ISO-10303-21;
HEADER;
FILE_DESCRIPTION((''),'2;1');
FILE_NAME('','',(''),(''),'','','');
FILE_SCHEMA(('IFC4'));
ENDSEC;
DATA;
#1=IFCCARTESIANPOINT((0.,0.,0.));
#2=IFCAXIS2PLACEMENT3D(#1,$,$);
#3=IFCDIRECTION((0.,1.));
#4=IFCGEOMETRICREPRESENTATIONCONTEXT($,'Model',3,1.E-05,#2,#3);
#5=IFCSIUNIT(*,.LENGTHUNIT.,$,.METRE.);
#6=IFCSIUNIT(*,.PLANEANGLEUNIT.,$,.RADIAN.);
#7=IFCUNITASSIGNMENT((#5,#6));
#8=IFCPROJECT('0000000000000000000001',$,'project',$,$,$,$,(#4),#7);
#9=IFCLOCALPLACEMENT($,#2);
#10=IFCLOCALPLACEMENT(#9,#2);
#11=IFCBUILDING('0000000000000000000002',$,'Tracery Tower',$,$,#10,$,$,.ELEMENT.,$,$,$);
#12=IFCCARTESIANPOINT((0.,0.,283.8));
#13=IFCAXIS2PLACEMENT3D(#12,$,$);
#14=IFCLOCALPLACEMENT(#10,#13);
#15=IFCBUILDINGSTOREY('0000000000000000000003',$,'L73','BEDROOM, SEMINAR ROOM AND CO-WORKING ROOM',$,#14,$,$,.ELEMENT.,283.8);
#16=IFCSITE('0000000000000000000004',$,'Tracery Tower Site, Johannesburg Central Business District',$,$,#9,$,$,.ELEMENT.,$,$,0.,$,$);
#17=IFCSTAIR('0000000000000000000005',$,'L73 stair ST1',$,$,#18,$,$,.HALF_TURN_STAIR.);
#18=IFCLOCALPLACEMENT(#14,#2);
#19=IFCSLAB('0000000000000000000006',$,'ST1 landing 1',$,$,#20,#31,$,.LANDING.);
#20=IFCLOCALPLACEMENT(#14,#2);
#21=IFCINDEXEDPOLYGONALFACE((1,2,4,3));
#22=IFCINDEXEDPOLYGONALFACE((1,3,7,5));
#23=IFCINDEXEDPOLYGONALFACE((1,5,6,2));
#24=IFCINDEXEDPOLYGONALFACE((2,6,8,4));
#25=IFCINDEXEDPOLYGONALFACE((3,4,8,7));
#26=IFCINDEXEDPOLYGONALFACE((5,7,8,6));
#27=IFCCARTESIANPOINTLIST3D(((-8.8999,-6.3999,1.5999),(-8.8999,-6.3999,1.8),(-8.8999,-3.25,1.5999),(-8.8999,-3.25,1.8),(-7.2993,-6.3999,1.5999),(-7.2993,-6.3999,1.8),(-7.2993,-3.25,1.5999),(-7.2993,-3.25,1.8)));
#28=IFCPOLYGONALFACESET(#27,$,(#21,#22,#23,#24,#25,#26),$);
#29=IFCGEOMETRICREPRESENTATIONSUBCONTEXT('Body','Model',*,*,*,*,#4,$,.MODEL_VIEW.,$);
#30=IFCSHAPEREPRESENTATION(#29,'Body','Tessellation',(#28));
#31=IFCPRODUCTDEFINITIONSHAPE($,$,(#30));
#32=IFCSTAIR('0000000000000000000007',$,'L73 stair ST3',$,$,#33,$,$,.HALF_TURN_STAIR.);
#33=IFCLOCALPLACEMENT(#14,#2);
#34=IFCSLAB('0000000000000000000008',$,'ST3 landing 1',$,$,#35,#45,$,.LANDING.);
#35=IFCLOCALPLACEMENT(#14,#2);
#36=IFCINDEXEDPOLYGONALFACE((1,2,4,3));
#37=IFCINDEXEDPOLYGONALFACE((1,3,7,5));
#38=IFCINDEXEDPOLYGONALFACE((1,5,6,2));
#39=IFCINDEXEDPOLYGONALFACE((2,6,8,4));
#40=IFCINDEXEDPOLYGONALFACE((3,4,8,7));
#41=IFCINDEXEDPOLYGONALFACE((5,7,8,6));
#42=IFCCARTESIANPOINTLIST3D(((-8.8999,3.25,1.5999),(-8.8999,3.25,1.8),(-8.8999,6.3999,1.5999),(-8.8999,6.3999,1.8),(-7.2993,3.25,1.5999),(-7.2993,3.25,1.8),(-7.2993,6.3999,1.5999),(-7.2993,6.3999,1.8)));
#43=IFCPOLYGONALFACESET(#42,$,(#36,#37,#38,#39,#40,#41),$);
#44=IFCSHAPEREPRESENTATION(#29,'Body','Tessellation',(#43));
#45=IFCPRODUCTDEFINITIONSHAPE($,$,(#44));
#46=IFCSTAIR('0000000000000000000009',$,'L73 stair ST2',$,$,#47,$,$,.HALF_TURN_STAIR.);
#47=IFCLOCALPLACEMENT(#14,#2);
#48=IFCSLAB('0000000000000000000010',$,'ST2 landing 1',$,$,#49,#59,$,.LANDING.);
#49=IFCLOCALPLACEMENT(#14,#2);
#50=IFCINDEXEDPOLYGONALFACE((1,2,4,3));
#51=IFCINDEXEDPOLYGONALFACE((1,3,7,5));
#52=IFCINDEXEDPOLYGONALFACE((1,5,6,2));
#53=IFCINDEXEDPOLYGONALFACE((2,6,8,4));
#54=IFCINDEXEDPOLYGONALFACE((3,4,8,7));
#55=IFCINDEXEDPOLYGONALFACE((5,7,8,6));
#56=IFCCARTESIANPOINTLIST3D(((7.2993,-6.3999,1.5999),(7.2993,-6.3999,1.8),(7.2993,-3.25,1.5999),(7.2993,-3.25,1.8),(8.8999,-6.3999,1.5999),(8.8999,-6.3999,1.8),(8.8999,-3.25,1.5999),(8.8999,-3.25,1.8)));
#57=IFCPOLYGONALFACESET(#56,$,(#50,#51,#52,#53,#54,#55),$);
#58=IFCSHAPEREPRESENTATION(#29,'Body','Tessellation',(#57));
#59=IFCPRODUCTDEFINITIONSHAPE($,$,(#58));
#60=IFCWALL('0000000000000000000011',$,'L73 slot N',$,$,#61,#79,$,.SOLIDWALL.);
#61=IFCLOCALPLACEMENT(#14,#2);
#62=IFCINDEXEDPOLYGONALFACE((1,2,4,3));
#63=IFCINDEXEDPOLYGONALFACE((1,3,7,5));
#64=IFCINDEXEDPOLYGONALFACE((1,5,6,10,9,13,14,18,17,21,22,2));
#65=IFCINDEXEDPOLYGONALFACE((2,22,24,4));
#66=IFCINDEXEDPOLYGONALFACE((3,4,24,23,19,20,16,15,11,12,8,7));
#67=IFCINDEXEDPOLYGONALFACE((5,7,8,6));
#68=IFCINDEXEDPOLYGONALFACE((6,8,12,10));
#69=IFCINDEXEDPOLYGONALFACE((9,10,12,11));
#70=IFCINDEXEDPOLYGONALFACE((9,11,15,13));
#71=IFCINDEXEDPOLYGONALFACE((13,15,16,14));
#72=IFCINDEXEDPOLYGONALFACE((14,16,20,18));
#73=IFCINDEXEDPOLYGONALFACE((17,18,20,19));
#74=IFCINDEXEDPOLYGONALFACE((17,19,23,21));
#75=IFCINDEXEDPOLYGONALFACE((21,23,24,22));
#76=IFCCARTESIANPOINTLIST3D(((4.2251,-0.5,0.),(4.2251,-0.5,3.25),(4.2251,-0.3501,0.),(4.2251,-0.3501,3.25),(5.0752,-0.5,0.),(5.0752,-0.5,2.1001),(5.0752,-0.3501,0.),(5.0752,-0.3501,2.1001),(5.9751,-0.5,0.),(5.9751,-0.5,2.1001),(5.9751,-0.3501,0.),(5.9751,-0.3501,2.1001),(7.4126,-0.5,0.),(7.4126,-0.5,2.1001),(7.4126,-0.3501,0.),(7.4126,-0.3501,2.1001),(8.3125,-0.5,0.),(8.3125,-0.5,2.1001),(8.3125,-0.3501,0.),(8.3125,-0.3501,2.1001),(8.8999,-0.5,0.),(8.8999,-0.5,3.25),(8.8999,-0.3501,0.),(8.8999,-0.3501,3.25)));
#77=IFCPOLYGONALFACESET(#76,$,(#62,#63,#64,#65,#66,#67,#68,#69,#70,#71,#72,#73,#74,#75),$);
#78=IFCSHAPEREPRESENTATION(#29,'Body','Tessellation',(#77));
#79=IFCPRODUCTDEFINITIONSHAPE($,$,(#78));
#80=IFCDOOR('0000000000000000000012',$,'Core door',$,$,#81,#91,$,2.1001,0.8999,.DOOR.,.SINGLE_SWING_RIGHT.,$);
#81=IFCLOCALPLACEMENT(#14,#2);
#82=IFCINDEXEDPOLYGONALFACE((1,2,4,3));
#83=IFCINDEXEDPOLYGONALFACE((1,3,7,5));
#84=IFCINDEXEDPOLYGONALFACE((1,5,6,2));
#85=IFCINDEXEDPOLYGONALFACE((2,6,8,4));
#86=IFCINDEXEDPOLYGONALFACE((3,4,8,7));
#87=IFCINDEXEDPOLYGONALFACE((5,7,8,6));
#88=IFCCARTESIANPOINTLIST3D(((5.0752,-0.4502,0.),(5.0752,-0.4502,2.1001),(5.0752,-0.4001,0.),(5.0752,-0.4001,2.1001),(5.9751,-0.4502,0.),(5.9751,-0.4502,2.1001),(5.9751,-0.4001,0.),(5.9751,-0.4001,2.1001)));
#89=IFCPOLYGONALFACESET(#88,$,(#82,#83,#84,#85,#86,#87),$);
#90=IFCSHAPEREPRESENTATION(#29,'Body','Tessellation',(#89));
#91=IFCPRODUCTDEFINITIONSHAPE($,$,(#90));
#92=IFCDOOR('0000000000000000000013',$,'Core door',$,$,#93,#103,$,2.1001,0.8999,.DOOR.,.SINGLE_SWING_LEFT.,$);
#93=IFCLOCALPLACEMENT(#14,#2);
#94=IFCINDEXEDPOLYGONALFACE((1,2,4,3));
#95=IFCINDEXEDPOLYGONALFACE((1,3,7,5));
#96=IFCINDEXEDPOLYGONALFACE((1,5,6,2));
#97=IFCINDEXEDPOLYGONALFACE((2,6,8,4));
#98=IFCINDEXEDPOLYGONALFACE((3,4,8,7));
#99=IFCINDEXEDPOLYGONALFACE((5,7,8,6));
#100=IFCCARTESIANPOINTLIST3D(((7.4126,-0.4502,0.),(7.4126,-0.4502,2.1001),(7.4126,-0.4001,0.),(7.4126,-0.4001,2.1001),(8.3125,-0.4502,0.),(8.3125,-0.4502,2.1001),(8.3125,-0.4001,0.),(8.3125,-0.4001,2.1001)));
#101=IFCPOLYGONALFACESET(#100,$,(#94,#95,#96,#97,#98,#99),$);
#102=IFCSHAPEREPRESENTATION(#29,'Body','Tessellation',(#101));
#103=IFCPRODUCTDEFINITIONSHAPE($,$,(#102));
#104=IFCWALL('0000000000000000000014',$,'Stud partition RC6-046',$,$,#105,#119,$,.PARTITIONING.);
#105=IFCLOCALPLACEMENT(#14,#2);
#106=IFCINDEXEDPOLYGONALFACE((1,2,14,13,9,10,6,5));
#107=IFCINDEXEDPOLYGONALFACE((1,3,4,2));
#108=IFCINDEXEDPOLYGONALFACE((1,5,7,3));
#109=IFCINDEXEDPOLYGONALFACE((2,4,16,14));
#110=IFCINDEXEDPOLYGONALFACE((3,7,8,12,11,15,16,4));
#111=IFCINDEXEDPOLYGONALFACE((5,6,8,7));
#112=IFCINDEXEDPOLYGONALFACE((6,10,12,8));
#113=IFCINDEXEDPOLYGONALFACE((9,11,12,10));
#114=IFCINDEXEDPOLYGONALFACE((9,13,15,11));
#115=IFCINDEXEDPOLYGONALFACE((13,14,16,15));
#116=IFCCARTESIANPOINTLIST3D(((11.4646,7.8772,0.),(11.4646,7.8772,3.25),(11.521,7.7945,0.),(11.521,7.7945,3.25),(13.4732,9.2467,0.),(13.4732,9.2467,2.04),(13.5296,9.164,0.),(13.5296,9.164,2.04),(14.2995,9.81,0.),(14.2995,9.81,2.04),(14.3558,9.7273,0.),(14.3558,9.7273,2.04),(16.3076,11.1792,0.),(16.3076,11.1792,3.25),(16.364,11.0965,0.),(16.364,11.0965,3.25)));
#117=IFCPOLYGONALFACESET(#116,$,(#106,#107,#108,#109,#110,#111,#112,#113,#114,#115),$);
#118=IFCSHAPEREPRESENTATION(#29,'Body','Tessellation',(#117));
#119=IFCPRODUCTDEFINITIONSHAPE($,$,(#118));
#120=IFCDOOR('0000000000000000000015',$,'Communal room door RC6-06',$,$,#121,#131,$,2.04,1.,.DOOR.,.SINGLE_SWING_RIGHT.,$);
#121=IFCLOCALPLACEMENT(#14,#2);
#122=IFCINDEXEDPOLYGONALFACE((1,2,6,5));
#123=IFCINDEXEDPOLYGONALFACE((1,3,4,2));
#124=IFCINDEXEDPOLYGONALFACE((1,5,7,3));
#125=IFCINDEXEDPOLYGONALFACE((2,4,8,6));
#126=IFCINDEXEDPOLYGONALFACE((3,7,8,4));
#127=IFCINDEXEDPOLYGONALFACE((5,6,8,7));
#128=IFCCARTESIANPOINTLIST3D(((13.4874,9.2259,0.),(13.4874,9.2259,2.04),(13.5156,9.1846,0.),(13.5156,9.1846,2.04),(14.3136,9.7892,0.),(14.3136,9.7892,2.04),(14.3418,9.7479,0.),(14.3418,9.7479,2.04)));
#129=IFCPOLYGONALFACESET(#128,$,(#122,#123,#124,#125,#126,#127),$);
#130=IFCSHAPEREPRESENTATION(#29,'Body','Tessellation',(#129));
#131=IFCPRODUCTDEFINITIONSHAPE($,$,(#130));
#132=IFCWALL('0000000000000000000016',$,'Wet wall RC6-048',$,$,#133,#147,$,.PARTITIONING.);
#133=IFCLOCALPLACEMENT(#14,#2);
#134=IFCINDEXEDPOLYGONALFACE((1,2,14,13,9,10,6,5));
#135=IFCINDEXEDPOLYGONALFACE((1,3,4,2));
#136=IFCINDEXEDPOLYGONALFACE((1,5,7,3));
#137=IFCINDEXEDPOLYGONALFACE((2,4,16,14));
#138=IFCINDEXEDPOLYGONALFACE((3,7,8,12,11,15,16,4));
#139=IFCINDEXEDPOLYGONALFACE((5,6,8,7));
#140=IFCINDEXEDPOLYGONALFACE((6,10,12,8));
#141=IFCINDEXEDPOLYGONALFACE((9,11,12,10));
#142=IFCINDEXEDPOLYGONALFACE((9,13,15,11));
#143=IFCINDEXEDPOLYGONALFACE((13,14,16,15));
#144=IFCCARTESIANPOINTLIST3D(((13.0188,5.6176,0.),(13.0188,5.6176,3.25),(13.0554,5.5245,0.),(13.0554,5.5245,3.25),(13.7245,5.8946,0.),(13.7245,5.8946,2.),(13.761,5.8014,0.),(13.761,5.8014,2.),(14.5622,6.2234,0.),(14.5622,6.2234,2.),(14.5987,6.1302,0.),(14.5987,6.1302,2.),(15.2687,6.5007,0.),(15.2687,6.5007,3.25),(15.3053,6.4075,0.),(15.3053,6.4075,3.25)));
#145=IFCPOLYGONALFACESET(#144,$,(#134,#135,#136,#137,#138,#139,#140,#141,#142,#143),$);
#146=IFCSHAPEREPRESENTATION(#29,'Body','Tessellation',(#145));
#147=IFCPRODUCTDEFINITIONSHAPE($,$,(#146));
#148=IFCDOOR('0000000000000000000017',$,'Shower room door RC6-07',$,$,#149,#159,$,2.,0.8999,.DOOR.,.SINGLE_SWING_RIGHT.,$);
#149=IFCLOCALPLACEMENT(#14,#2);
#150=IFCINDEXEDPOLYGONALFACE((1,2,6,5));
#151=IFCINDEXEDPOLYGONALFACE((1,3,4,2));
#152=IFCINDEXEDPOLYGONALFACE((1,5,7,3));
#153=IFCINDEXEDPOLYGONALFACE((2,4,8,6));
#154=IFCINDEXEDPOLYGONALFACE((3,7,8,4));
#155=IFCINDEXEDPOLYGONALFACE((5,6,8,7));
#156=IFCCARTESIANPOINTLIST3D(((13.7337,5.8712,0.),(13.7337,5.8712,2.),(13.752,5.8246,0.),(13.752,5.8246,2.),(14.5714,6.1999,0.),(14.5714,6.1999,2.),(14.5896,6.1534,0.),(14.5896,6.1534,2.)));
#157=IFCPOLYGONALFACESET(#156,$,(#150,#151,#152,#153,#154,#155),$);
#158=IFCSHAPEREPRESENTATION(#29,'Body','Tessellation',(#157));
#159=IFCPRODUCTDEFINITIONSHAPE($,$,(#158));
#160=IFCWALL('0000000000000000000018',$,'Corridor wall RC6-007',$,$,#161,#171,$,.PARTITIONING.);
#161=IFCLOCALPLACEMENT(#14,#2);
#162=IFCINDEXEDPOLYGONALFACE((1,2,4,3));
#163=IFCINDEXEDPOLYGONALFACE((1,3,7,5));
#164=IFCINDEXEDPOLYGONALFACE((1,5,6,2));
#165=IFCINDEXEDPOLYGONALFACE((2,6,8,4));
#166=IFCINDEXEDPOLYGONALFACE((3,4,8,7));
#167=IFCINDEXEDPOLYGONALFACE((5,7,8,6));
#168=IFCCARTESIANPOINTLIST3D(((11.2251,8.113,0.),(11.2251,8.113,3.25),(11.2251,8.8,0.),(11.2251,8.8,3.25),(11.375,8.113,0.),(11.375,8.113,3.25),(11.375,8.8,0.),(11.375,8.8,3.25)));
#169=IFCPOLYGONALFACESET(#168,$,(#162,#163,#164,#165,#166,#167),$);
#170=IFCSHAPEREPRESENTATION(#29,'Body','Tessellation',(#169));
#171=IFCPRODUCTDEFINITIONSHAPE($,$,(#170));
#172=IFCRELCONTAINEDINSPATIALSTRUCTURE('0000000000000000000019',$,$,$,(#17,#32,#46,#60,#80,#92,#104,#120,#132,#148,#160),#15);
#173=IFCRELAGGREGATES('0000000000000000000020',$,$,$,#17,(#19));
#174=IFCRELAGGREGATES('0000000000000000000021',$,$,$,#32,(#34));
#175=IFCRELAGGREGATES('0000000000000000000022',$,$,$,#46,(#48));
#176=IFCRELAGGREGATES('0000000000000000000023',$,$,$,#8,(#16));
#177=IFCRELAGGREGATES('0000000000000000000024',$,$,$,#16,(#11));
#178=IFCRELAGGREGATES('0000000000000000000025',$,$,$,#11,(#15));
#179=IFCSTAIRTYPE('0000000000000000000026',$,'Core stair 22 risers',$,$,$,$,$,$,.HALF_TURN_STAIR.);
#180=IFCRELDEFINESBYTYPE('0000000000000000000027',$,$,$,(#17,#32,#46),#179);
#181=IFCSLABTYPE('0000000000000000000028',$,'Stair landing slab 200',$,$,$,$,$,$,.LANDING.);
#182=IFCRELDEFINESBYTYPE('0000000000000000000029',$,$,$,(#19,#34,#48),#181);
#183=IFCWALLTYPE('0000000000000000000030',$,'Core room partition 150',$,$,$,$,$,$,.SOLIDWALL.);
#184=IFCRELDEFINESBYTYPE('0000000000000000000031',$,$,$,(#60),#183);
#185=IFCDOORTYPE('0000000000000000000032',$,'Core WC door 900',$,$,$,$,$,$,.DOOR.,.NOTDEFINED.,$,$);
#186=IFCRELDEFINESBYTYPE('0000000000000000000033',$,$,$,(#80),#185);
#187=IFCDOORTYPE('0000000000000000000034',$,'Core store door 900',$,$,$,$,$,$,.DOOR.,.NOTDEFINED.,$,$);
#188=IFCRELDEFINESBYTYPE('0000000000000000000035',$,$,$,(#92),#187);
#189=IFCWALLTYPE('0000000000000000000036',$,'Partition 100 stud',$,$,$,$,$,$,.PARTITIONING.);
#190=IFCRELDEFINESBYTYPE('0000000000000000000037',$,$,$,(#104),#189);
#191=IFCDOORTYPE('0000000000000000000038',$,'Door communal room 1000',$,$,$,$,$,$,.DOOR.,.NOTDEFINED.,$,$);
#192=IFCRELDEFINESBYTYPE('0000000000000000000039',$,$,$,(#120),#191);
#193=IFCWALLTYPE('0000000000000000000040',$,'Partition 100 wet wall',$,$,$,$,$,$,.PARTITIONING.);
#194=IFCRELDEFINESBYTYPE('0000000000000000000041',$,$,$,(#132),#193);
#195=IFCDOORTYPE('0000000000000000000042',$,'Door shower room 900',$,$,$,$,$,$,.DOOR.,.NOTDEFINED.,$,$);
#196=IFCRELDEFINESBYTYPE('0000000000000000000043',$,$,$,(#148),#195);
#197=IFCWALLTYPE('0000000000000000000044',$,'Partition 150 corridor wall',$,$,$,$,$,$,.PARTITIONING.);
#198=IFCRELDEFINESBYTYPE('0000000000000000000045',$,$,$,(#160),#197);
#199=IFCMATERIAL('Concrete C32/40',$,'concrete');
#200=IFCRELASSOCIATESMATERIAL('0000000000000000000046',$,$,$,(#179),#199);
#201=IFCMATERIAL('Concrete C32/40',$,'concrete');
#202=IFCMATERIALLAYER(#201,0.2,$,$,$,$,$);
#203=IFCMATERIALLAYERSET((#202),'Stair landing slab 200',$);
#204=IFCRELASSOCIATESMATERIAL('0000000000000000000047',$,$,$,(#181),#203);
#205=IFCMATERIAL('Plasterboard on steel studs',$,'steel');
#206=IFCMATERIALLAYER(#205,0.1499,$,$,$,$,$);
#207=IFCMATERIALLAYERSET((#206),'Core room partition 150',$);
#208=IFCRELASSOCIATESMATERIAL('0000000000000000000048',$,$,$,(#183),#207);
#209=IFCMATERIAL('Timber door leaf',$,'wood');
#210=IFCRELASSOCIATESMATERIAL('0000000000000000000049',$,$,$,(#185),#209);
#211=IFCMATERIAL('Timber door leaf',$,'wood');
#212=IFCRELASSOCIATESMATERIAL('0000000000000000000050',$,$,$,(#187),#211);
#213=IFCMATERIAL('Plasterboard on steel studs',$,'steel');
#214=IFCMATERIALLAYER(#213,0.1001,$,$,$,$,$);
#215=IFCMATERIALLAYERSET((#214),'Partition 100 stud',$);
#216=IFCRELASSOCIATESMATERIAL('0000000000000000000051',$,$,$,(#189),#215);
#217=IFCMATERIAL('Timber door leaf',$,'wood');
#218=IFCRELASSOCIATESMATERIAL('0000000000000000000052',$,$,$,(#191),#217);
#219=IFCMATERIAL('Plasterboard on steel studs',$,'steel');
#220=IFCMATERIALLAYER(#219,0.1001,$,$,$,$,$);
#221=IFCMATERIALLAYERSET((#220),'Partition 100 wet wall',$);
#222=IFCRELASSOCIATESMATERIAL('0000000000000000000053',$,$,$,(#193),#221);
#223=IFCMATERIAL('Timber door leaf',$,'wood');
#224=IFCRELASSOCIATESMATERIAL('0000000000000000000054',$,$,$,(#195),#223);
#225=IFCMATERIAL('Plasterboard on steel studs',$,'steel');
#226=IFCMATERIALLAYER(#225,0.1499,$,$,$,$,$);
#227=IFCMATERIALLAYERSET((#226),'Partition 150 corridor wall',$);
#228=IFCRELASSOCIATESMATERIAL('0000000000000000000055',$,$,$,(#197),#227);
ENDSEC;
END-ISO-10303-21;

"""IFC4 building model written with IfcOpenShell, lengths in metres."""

from ifc_helpers import new_model, si_unit, direction, frame, frame_2d, origin, place, context, subcontext, project, spatial, polyline, rectangle, outline, extrude, material, layer, layer_set, type_object, element, fill, aggregate, save


model = new_model("IFC4")

# Units and contexts
model_context = context("Model", 3, precision=1e-05, world=origin(), true_north=direction((0.0, 1.0)))
body_context = subcontext(model_context, "Body", "Model", "MODEL_VIEW")
ifc_project = project(units=[si_unit("LENGTHUNIT", "METRE"), si_unit("PLANEANGLEUNIT", "RADIAN")], contexts=[model_context])

# Site, building, storey
site_placement = place(None, origin())
site = spatial("IfcSite", under=ifc_project, at=site_placement, Name="Tracery Tower Site, Johannesburg Central Business District", CompositionType="ELEMENT", RefElevation=0.0)
building_placement = place(site_placement, origin())
building = spatial("IfcBuilding", under=site, at=building_placement, Name="Tracery Tower", CompositionType="ELEMENT")
storey_placement = place(building_placement, frame((0.0, 0.0, 283.8)))
storey = spatial("IfcBuildingStorey", under=building, at=storey_placement, Name="L73", Description="BEDROOM, SEMINAR ROOM AND CO-WORKING ROOM", CompositionType="ELEMENT", Elevation=283.8)

# Stairs, slabs
ifc_material_1 = material(Name="Concrete C32/40", Category="concrete")
stair_type = type_object("IfcStairType", Name="Core stair 22 risers", PredefinedType="HALF_TURN_STAIR", material=ifc_material_1)
stair_1_placement = place(storey_placement, origin())
stair_1 = element("IfcStair", 1, at=stair_1_placement, inside=storey, type_object=stair_type, Name="L73 stair ST1", PredefinedType="HALF_TURN_STAIR")
ifc_material_2 = material(Name="Concrete C32/40", Category="concrete")
ifc_layer_1 = layer(ifc_material_2, 0.2)
ifc_layer_set_1 = layer_set([ifc_layer_1], Name="Stair landing slab 200")
slab_type = type_object("IfcSlabType", Name="Stair landing slab 200", PredefinedType="LANDING", material=ifc_layer_set_1)
slab_1_placement = place(storey_placement, frame((0.0, 0.0, 1.5999)))
slab_1 = element("IfcSlab", 2, at=slab_1_placement, type_object=slab_type, Name="ST1 landing 1", PredefinedType="LANDING", context=body_context, shape_type="SweptSolid", body=[
    extrude(outline(polyline([(-7.2993, -3.25), (-8.8999, -3.25), (-8.8999, -6.3999), (-7.2993, -6.3999), (-7.2993, -3.25)])), origin(), (0.0, 0.0, 1.0), 0.2002),
])
aggregate(stair_1, [slab_1])
stair_2_placement = place(storey_placement, origin())
stair_2 = element("IfcStair", 3, at=stair_2_placement, inside=storey, type_object=stair_type, Name="L73 stair ST3", PredefinedType="HALF_TURN_STAIR")
slab_2_placement = place(storey_placement, frame((0.0, 0.0, 1.5999)))
slab_2 = element("IfcSlab", 4, at=slab_2_placement, type_object=slab_type, Name="ST3 landing 1", PredefinedType="LANDING", context=body_context, shape_type="SweptSolid", body=[
    extrude(outline(polyline([(-7.2993, 6.3999), (-8.8999, 6.3999), (-8.8999, 3.25), (-7.2993, 3.25), (-7.2993, 6.3999)])), origin(), (0.0, 0.0, 1.0), 0.2002),
])
aggregate(stair_2, [slab_2])
stair_3_placement = place(storey_placement, origin())
stair_3 = element("IfcStair", 5, at=stair_3_placement, inside=storey, type_object=stair_type, Name="L73 stair ST2", PredefinedType="HALF_TURN_STAIR")
slab_3_placement = place(storey_placement, frame((0.0, 0.0, 1.5999)))
slab_3 = element("IfcSlab", 6, at=slab_3_placement, type_object=slab_type, Name="ST2 landing 1", PredefinedType="LANDING", context=body_context, shape_type="SweptSolid", body=[
    extrude(outline(polyline([(7.2993, -6.3999), (8.8999, -6.3999), (8.8999, -3.25), (7.2993, -3.25), (7.2993, -6.3999)])), origin(), (0.0, 0.0, 1.0), 0.2002),
])
aggregate(stair_3, [slab_3])

# Wall, openings, doors
ifc_material_3 = material(Name="Plasterboard on steel studs", Category="steel")
ifc_layer_2 = layer(ifc_material_3, 0.1499)
ifc_layer_set_2 = layer_set([ifc_layer_2], Name="Core room partition 150")
wall_type_1 = type_object("IfcWallType", Name="Core room partition 150", PredefinedType="SOLIDWALL", material=ifc_layer_set_2)
wall_1_placement = place(storey_placement, frame((4.2251, -0.425, 0.0), z_axis=(0.0, 0.0, 1.0), x_axis=(1.0, 0.0, 0.0)))
wall_1 = element("IfcWall", 7, at=wall_1_placement, inside=storey, type_object=wall_type_1, Name="L73 slot N", PredefinedType="SOLIDWALL", context=body_context, shape_type="SweptSolid", body=[
    extrude(rectangle(XDim=4.6748, YDim=0.1499, at=frame_2d((2.3374, 0.0))), origin(), (0.0, 0.0, 1.0), 3.25),
])
opening_1_placement = place(wall_1_placement, frame((0.8501, 0.0, 0.0)))
opening_1 = element("IfcOpeningElement", 8, at=opening_1_placement, cuts=wall_1, PredefinedType="OPENING", context=body_context, shape_type="SweptSolid", body=[
    extrude(rectangle(XDim=0.8999, YDim=2.1001, at=frame_2d((0.45, 1.05))), frame((0.0, 0.075, 0.0), z_axis=(0.0, -1.0, 0.0), x_axis=(1.0, 0.0, 0.0)), (0.0, 0.0, 1.0), 0.1499),
])
opening_2_placement = place(wall_1_placement, frame((3.1875, 0.0, 0.0)))
opening_2 = element("IfcOpeningElement", 9, at=opening_2_placement, cuts=wall_1, PredefinedType="OPENING", context=body_context, shape_type="SweptSolid", body=[
    extrude(rectangle(XDim=0.8999, YDim=2.1001, at=frame_2d((0.45, 1.05))), frame((0.0, 0.075, 0.0), z_axis=(0.0, -1.0, 0.0), x_axis=(1.0, 0.0, 0.0)), (0.0, 0.0, 1.0), 0.1499),
])
ifc_material_4 = material(Name="Timber door leaf", Category="wood")
door_type_1 = type_object("IfcDoorType", Name="Core WC door 900", OperationType="NOTDEFINED", PredefinedType="DOOR", material=ifc_material_4)
door_1_placement = place(opening_1_placement, origin())
door_1 = element("IfcDoor", 10, at=door_1_placement, inside=storey, type_object=door_type_1, Name="Core door", OperationType="SINGLE_SWING_RIGHT", OverallHeight=2.1001, OverallWidth=0.8999, PredefinedType="DOOR", context=body_context, shape_type="SweptSolid", body=[
    extrude(rectangle(XDim=0.8999, YDim=2.1001, at=frame_2d((0.45, 1.05))), frame((0.0, 0.0249, 0.0), z_axis=(0.0, -1.0, 0.0), x_axis=(1.0, 0.0, 0.0)), (0.0, 0.0, 1.0), 0.05),
])
fill(opening_1, door_1)
ifc_material_5 = material(Name="Timber door leaf", Category="wood")
door_type_2 = type_object("IfcDoorType", Name="Core store door 900", OperationType="NOTDEFINED", PredefinedType="DOOR", material=ifc_material_5)
door_2_placement = place(opening_2_placement, origin())
door_2 = element("IfcDoor", 11, at=door_2_placement, inside=storey, type_object=door_type_2, Name="Core door", OperationType="SINGLE_SWING_LEFT", OverallHeight=2.1001, OverallWidth=0.8999, PredefinedType="DOOR", context=body_context, shape_type="SweptSolid", body=[
    extrude(rectangle(XDim=0.8999, YDim=2.1001, at=frame_2d((0.45, 1.05))), frame((0.0, 0.0249, 0.0), z_axis=(0.0, -1.0, 0.0), x_axis=(1.0, 0.0, 0.0)), (0.0, 0.0, 1.0), 0.05),
])
fill(opening_2, door_2)

# Walls, openings, doors
ifc_material_6 = material(Name="Plasterboard on steel studs", Category="steel")
ifc_layer_3 = layer(ifc_material_6, 0.1001)
ifc_layer_set_3 = layer_set([ifc_layer_3], Name="Partition 100 stud")
wall_type_2 = type_object("IfcWallType", Name="Partition 100 stud", PredefinedType="PARTITIONING", material=ifc_layer_set_3)
wall_2_placement = place(storey_placement, frame((11.4929, 7.8359, 0.0), z_axis=(0.0, 0.0, 1.0), x_axis=(0.826232, 0.56333, 0.0)))
wall_2 = element("IfcWall", 12, at=wall_2_placement, inside=storey, type_object=wall_type_2, Name="Stud partition RC6-046", PredefinedType="PARTITIONING", context=body_context, shape_type="SweptSolid", body=[
    extrude(rectangle(XDim=5.8616, YDim=0.1001, at=frame_2d((2.9307, 0.0))), origin(), (0.0, 0.0, 1.0), 3.25),
])
opening_3_placement = place(wall_2_placement, frame((2.4309, 0.0, 0.0)))
opening_3 = element("IfcOpeningElement", 13, at=opening_3_placement, cuts=wall_2, PredefinedType="OPENING", context=body_context, shape_type="SweptSolid", body=[
    extrude(rectangle(XDim=1.0, YDim=2.04, at=frame_2d((0.5, 1.02))), frame((0.0, 0.05, 0.0), z_axis=(0.0, -1.0, 0.0), x_axis=(1.0, 0.0, 0.0)), (0.0, 0.0, 1.0), 0.1001),
])
ifc_material_7 = material(Name="Timber door leaf", Category="wood")
door_type_3 = type_object("IfcDoorType", Name="Door communal room 1000", OperationType="NOTDEFINED", PredefinedType="DOOR", material=ifc_material_7)
door_3_placement = place(opening_3_placement, origin())
door_3 = element("IfcDoor", 14, at=door_3_placement, inside=storey, type_object=door_type_3, Name="Communal room door RC6-06", OperationType="SINGLE_SWING_RIGHT", OverallHeight=2.04, OverallWidth=1.0, PredefinedType="DOOR", context=body_context, shape_type="SweptSolid", body=[
    extrude(rectangle(XDim=1.0, YDim=2.04, at=frame_2d((0.5, 1.02))), frame((0.0, 0.0249, 0.0), z_axis=(0.0, -1.0, 0.0), x_axis=(1.0, 0.0, 0.0)), (0.0, 0.0, 1.0), 0.05),
])
fill(opening_3, door_3)
ifc_material_8 = material(Name="Plasterboard on steel studs", Category="steel")
ifc_layer_4 = layer(ifc_material_8, 0.1001)
ifc_layer_set_4 = layer_set([ifc_layer_4], Name="Partition 100 wet wall")
wall_type_3 = type_object("IfcWallType", Name="Partition 100 wet wall", PredefinedType="PARTITIONING", material=ifc_layer_set_4)
wall_3_placement = place(storey_placement, frame((13.0371, 5.571, 0.0), z_axis=(0.0, 0.0, 1.0), x_axis=(0.930874, 0.36534, 0.0)))
wall_3 = element("IfcWall", 15, at=wall_3_placement, inside=storey, type_object=wall_type_3, Name="Wet wall RC6-048", PredefinedType="PARTITIONING", context=body_context, shape_type="SweptSolid", body=[
    extrude(rectangle(XDim=2.417, YDim=0.1001, at=frame_2d((1.2085, 0.0))), origin(), (0.0, 0.0, 1.0), 3.25),
])
opening_4_placement = place(wall_3_placement, frame((0.7581, 0.0, 0.0)))
opening_4 = element("IfcOpeningElement", 16, at=opening_4_placement, cuts=wall_3, PredefinedType="OPENING", context=body_context, shape_type="SweptSolid", body=[
    extrude(rectangle(XDim=0.8999, YDim=2.0, at=frame_2d((0.45, 1.0))), frame((0.0, 0.05, 0.0), z_axis=(0.0, -1.0, 0.0), x_axis=(1.0, 0.0, 0.0)), (0.0, 0.0, 1.0), 0.1001),
])
ifc_material_9 = material(Name="Timber door leaf", Category="wood")
door_type_4 = type_object("IfcDoorType", Name="Door shower room 900", OperationType="NOTDEFINED", PredefinedType="DOOR", material=ifc_material_9)
door_4_placement = place(opening_4_placement, origin())
door_4 = element("IfcDoor", 17, at=door_4_placement, inside=storey, type_object=door_type_4, Name="Shower room door RC6-07", OperationType="SINGLE_SWING_RIGHT", OverallHeight=2.0, OverallWidth=0.8999, PredefinedType="DOOR", context=body_context, shape_type="SweptSolid", body=[
    extrude(rectangle(XDim=0.8999, YDim=2.0, at=frame_2d((0.45, 1.0))), frame((0.0, 0.0249, 0.0), z_axis=(0.0, -1.0, 0.0), x_axis=(1.0, 0.0, 0.0)), (0.0, 0.0, 1.0), 0.05),
])
fill(opening_4, door_4)

# Wall
ifc_material_10 = material(Name="Plasterboard on steel studs", Category="steel")
ifc_layer_5 = layer(ifc_material_10, 0.1499)
ifc_layer_set_5 = layer_set([ifc_layer_5], Name="Partition 150 corridor wall")
wall_type_4 = type_object("IfcWallType", Name="Partition 150 corridor wall", PredefinedType="PARTITIONING", material=ifc_layer_set_5)
wall_4_placement = place(storey_placement, frame((11.3, 8.113, 0.0), z_axis=(0.0, 0.0, 1.0), x_axis=(0.0, 1.0, 0.0)))
element("IfcWall", 18, at=wall_4_placement, inside=storey, type_object=wall_type_4, Name="Corridor wall RC6-007", PredefinedType="PARTITIONING", context=body_context, shape_type="SweptSolid", body=[
    extrude(rectangle(XDim=0.687, YDim=0.1499, at=frame_2d((0.3435, 0.0))), origin(), (0.0, 0.0, 1.0), 3.25),
])

save(model, "model.ifc")
